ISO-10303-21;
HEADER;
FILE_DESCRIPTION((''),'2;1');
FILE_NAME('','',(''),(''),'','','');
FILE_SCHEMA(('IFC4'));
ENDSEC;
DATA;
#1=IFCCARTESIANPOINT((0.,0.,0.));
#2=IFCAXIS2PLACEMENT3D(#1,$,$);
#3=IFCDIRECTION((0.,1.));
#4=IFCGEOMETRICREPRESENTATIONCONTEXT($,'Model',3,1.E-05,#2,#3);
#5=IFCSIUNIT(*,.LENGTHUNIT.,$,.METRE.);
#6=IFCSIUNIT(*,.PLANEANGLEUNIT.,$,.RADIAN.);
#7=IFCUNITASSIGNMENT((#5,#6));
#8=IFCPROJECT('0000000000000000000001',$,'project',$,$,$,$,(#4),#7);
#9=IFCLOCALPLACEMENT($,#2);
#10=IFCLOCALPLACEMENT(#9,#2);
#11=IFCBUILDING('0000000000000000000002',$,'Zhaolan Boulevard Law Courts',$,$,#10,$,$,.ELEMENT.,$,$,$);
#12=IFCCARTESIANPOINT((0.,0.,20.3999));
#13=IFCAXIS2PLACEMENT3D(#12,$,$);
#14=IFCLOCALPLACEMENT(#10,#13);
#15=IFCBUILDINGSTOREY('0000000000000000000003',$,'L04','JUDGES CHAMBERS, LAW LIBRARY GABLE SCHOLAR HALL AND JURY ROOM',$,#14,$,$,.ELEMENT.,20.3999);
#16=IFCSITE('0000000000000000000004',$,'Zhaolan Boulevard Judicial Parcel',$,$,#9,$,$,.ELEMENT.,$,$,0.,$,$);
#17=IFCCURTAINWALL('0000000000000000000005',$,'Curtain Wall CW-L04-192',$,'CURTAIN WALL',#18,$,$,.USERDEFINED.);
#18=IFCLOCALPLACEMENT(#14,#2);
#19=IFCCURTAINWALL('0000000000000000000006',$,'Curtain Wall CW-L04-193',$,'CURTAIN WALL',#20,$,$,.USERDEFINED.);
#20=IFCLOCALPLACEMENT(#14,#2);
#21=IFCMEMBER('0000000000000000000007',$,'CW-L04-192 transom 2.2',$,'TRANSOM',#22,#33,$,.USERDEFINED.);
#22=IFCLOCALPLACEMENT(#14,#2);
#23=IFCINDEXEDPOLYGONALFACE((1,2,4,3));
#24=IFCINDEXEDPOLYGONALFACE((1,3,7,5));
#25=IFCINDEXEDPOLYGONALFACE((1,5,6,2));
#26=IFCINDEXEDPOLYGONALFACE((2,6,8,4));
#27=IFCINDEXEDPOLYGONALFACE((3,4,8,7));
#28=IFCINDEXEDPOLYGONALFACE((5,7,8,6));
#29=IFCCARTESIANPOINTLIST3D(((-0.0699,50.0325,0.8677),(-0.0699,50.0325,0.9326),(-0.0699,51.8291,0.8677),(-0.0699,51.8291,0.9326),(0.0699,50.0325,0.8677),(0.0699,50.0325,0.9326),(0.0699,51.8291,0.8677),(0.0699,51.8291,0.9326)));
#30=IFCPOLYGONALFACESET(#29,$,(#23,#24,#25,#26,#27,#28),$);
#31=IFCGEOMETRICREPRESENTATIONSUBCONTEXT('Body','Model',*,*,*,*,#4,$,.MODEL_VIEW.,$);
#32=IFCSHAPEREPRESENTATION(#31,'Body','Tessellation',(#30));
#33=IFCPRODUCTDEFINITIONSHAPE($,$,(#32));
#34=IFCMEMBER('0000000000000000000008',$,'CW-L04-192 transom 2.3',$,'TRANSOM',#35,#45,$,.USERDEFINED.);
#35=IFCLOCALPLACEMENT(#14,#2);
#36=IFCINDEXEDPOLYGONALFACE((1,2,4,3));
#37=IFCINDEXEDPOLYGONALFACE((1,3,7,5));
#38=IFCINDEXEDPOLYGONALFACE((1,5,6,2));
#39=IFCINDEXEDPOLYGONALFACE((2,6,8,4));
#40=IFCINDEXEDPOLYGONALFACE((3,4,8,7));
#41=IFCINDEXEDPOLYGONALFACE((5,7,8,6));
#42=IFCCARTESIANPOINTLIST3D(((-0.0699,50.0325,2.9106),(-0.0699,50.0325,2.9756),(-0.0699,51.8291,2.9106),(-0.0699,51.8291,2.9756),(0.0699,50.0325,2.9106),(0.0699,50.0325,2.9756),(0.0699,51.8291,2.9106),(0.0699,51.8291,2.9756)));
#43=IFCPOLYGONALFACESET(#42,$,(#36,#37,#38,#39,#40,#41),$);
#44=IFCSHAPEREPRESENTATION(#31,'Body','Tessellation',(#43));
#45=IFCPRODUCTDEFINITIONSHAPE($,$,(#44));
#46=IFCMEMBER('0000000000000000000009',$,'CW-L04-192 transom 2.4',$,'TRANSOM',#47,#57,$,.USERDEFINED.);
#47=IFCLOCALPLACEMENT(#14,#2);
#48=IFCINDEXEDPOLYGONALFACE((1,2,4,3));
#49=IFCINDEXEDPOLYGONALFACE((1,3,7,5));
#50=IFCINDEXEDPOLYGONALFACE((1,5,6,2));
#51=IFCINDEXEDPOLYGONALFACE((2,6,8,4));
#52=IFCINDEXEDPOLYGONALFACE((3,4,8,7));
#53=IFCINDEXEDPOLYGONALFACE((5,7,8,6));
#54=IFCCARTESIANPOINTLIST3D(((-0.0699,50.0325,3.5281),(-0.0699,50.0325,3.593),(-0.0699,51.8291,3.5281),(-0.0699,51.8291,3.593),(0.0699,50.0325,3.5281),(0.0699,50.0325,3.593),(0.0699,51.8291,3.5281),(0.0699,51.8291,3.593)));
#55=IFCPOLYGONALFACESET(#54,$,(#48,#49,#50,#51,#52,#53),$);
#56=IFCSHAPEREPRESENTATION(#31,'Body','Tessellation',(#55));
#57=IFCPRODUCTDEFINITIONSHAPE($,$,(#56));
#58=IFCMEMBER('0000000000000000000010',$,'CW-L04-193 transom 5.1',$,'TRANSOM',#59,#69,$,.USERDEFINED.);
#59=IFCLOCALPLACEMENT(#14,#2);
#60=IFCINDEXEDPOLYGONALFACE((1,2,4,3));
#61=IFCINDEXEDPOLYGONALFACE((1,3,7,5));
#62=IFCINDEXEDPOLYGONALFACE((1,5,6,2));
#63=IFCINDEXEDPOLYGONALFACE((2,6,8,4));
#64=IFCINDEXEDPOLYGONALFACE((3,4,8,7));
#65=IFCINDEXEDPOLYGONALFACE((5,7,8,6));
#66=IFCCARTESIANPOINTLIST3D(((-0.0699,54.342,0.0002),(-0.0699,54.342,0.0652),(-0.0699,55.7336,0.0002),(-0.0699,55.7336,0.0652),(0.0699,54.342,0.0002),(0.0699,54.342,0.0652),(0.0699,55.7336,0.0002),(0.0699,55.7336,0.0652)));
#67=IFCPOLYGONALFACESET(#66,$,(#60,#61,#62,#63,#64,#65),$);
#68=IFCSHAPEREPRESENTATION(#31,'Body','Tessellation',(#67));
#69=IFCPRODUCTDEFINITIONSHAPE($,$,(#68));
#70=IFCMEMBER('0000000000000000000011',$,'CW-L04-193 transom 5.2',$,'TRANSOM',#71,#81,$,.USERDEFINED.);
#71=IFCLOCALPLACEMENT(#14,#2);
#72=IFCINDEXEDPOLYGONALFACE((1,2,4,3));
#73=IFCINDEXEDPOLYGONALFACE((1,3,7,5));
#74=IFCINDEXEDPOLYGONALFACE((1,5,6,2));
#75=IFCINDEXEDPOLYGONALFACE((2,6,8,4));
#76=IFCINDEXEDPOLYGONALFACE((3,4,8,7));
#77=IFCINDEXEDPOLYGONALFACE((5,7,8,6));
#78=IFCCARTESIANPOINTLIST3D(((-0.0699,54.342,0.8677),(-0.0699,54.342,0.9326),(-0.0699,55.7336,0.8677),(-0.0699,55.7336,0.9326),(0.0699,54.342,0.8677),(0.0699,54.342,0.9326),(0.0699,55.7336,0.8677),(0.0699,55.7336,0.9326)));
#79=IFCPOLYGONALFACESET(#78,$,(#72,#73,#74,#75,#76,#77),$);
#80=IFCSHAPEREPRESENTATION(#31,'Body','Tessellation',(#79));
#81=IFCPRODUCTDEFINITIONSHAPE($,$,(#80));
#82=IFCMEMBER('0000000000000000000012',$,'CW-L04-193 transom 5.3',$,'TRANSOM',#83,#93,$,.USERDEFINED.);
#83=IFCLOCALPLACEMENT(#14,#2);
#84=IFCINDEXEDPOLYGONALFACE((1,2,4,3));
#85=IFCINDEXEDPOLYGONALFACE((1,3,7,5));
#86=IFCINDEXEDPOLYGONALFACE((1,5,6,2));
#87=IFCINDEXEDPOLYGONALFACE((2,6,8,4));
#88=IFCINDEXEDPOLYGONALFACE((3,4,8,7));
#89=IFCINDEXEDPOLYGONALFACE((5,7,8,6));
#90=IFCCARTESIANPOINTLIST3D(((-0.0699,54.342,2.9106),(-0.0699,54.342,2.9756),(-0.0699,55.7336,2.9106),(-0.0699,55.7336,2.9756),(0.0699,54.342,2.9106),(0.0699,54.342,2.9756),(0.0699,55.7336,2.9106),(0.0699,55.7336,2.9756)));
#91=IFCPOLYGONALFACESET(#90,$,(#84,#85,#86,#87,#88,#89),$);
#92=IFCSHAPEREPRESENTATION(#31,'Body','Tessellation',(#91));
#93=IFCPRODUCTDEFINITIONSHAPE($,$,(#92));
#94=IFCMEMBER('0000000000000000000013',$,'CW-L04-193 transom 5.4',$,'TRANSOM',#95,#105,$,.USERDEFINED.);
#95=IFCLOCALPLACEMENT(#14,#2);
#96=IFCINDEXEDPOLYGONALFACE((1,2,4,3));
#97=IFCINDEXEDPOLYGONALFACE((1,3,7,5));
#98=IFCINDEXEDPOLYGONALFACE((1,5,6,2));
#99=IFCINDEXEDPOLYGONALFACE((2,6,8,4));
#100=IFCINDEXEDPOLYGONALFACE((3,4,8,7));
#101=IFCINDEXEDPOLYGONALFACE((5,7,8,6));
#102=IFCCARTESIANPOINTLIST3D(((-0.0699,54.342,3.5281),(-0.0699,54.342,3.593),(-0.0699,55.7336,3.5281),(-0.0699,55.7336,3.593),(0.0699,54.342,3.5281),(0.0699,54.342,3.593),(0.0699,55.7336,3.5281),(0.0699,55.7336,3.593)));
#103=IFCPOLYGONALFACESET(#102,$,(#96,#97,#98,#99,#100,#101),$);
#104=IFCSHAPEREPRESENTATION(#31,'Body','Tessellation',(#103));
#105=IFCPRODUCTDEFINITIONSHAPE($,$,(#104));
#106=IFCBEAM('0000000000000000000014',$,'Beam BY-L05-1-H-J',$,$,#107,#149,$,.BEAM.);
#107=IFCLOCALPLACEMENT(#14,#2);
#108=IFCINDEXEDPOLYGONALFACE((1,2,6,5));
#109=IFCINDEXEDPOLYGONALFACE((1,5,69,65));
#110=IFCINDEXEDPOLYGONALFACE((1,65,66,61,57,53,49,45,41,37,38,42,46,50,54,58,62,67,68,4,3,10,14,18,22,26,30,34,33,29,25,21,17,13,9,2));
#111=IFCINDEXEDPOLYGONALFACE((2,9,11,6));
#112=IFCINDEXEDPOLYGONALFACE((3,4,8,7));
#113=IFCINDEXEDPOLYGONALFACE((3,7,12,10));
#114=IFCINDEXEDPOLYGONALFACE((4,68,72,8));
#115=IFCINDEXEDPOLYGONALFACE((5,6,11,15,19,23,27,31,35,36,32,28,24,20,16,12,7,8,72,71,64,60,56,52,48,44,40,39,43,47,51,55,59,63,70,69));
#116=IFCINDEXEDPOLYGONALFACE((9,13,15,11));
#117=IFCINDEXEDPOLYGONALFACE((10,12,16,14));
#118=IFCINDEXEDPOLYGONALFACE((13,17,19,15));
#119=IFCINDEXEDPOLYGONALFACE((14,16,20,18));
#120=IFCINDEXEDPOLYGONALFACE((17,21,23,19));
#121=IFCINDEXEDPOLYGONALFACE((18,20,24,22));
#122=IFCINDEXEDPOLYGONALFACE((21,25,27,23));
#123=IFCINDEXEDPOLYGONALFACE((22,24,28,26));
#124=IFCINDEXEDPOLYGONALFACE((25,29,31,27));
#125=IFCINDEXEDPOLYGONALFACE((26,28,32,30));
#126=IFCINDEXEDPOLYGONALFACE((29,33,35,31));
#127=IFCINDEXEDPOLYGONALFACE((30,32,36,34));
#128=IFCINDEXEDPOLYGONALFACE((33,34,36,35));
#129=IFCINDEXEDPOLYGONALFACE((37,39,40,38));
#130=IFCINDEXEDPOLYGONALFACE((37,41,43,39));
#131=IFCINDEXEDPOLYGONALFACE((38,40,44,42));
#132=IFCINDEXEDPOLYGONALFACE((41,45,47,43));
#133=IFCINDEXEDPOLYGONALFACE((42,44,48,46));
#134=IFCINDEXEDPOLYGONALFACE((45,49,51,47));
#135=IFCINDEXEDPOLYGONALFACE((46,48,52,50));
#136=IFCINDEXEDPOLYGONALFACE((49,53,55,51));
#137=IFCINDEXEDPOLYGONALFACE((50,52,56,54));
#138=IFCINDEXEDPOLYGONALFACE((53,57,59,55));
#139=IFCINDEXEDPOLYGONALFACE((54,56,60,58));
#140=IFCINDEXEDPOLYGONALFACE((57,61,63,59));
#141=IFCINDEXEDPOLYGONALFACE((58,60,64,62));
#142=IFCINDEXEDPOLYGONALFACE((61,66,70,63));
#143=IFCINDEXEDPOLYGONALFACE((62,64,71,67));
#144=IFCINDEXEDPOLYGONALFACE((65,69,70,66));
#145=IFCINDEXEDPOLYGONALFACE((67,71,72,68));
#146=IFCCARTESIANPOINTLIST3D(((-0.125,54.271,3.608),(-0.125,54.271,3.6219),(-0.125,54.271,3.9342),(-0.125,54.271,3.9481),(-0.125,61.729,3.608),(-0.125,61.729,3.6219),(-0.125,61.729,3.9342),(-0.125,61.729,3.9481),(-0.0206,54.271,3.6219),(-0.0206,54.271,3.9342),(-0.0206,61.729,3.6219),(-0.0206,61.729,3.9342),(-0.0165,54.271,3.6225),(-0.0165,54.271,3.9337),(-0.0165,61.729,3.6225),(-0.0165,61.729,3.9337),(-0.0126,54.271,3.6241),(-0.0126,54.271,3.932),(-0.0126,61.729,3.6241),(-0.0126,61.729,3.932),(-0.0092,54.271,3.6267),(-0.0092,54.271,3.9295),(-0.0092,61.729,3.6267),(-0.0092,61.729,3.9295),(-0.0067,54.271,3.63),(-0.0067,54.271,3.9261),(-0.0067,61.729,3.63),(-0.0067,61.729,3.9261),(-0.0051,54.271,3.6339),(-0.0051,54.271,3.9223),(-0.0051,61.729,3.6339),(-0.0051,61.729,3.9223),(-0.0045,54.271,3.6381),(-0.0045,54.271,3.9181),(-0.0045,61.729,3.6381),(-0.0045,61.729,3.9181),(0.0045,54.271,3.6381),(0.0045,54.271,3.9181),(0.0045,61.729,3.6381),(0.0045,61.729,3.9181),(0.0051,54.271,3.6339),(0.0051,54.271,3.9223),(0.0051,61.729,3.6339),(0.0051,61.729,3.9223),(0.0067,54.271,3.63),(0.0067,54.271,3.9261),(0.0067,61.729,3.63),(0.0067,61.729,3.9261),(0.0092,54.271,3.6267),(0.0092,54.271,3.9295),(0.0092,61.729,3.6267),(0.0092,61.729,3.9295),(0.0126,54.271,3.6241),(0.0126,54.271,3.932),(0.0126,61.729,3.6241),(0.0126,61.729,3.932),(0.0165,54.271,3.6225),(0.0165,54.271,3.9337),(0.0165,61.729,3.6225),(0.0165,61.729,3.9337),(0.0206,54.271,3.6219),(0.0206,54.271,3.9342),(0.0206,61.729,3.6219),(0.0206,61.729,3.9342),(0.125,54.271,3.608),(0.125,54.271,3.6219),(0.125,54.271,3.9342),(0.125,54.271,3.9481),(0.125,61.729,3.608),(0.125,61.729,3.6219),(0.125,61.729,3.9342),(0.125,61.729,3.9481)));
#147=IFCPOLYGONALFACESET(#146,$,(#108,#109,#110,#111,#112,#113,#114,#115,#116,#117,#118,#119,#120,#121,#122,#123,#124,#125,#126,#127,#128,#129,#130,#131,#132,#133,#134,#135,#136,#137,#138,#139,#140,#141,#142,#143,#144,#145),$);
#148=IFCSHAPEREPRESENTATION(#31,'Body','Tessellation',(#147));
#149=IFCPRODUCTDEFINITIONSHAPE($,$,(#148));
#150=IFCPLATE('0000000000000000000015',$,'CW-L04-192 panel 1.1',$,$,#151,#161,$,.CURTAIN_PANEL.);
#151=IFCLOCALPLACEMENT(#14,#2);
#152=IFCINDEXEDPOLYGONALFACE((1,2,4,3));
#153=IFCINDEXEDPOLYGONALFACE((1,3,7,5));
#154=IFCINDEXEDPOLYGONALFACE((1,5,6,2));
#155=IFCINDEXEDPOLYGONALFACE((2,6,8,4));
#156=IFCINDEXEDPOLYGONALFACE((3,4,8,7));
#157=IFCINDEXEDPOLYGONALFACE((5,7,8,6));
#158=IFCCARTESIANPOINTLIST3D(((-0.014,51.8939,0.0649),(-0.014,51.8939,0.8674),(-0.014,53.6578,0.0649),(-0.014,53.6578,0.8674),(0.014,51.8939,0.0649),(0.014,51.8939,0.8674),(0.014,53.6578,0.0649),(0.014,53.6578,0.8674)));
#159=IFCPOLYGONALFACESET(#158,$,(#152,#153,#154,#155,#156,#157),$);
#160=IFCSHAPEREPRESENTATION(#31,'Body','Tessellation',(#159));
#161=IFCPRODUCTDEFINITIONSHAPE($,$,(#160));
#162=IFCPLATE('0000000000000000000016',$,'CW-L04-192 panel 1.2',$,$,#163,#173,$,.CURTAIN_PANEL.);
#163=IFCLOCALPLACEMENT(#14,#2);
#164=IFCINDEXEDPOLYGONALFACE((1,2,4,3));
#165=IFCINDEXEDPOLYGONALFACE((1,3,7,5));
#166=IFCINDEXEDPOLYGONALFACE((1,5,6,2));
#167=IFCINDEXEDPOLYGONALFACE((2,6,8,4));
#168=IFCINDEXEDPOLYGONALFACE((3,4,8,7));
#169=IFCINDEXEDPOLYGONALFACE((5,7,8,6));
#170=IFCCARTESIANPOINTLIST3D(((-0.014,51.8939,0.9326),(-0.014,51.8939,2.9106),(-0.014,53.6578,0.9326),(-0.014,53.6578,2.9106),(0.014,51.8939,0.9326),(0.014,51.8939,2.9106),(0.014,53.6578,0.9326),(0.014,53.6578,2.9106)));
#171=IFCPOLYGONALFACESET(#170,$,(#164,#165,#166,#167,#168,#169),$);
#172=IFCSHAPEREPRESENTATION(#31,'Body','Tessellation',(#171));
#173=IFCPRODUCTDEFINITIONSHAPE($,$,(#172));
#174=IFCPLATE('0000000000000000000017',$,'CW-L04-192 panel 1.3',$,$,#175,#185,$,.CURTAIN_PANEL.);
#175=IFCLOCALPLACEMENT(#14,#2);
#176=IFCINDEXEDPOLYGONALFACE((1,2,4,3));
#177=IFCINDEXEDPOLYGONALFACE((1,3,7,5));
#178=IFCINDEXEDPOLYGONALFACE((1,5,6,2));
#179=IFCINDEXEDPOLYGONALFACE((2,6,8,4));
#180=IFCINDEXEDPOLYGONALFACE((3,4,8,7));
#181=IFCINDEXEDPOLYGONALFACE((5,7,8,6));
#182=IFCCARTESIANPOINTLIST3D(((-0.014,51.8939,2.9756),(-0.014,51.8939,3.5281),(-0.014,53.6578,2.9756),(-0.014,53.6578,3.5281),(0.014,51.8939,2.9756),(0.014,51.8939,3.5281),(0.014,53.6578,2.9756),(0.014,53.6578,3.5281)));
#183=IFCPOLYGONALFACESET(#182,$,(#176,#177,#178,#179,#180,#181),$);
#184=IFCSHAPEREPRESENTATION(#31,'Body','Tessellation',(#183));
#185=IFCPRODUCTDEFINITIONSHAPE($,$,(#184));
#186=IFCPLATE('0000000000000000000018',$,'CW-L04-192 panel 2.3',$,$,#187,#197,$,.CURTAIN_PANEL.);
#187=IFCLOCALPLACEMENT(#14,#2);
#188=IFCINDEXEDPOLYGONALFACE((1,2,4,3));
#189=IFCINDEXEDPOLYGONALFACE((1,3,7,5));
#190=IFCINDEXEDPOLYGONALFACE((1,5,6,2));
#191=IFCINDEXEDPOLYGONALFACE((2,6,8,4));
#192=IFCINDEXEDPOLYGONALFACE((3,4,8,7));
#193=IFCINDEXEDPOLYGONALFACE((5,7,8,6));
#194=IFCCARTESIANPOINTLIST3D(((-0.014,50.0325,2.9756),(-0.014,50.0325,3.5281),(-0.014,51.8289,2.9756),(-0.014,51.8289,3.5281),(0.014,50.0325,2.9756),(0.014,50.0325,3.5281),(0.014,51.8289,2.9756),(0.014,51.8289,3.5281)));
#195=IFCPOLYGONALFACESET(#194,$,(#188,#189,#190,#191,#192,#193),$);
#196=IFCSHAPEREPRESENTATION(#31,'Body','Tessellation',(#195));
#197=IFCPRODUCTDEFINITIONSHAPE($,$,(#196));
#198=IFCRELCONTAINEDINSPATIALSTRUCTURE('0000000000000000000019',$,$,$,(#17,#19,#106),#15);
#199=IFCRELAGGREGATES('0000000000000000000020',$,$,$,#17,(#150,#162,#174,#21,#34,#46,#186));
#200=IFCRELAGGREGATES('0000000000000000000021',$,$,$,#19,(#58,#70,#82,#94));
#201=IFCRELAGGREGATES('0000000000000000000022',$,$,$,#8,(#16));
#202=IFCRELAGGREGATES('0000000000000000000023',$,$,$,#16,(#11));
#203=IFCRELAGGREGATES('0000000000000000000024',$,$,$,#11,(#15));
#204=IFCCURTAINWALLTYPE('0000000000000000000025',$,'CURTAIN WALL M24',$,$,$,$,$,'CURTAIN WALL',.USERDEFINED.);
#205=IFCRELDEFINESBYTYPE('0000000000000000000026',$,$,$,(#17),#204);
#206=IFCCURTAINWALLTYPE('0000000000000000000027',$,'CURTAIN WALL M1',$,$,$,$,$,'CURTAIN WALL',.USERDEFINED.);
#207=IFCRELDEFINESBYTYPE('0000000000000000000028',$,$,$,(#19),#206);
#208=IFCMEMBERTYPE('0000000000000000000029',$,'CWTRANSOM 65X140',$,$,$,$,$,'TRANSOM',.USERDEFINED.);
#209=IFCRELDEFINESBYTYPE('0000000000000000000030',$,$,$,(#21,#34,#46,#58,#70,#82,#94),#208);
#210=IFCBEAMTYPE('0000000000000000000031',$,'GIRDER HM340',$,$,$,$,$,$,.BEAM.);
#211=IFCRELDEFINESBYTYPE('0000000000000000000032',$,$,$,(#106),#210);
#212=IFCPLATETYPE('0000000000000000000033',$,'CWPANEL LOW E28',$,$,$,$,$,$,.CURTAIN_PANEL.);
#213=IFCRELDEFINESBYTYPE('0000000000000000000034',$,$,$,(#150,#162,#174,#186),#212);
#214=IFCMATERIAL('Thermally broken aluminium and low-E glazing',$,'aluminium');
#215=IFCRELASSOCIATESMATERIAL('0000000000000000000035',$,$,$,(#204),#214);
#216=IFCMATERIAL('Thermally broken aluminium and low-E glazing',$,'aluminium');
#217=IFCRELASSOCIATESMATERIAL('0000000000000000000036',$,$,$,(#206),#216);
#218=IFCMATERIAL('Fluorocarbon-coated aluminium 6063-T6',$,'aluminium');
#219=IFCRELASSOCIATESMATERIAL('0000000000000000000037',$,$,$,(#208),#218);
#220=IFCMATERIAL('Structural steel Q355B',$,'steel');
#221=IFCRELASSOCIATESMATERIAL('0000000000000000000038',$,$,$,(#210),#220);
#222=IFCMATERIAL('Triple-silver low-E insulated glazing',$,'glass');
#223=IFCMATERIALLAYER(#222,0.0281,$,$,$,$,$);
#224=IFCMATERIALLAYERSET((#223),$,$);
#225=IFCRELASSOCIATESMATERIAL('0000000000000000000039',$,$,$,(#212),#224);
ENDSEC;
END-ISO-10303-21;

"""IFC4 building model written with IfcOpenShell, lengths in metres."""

from ifc_helpers import new_model, si_unit, direction, frame, origin, origin_2d, place, context, subcontext, project, spatial, rectangle, i_section, extrude, material, layer, layer_set, material_profile, profile_set, type_object, element, aggregate, save


model = new_model("IFC4")

# Units and contexts
model_context = context("Model", 3, precision=1e-05, world=origin(), true_north=direction((0.0, 1.0)))
body_context = subcontext(model_context, "Body", "Model", "MODEL_VIEW")
ifc_project = project(units=[si_unit("LENGTHUNIT", "METRE"), si_unit("PLANEANGLEUNIT", "RADIAN")], contexts=[model_context])

# Site, building, storey
site_placement = place(None, origin())
site = spatial("IfcSite", under=ifc_project, at=site_placement, Name="Zhaolan Boulevard Judicial Parcel", CompositionType="ELEMENT", RefElevation=0.0)
building_placement = place(site_placement, origin())
building = spatial("IfcBuilding", under=site, at=building_placement, Name="Zhaolan Boulevard Law Courts", CompositionType="ELEMENT")
storey_placement = place(building_placement, frame((0.0, 0.0, 20.3999)))
storey = spatial("IfcBuildingStorey", under=building, at=storey_placement, Name="L04", Description="JUDGES CHAMBERS, LAW LIBRARY GABLE SCHOLAR HALL AND JURY ROOM", CompositionType="ELEMENT", Elevation=20.3999)

# Curtain walls
ifc_material_1 = material(Name="Thermally broken aluminium and low-E glazing", Category="aluminium")
curtain_wall_type_1 = type_object("IfcCurtainWallType", Name="CURTAIN WALL M24", ElementType="CURTAIN WALL", PredefinedType="USERDEFINED", material=ifc_material_1)
curtain_wall_1_placement = place(storey_placement, origin())
curtain_wall_1 = element("IfcCurtainWall", 1, at=curtain_wall_1_placement, inside=storey, type_object=curtain_wall_type_1, Name="Curtain Wall CW-L04-192", ObjectType="CURTAIN WALL", PredefinedType="USERDEFINED")
ifc_material_2 = material(Name="Thermally broken aluminium and low-E glazing", Category="aluminium")
curtain_wall_type_2 = type_object("IfcCurtainWallType", Name="CURTAIN WALL M1", ElementType="CURTAIN WALL", PredefinedType="USERDEFINED", material=ifc_material_2)
curtain_wall_2_placement = place(storey_placement, origin())
curtain_wall_2 = element("IfcCurtainWall", 2, at=curtain_wall_2_placement, inside=storey, type_object=curtain_wall_type_2, Name="Curtain Wall CW-L04-193", ObjectType="CURTAIN WALL", PredefinedType="USERDEFINED")

# Members
ifc_material_3 = material(Name="Fluorocarbon-coated aluminium 6063-T6", Category="aluminium")
ifc_material_profile_1 = material_profile(ifc_material_3, rectangle(XDim=0.1399, YDim=0.0649, at=origin_2d()), Name="AL65x140")
ifc_profile_set_1 = profile_set([ifc_material_profile_1], Name="Fluorocarbon-coated aluminium 6063-T6")
member_type_1 = type_object("IfcMemberType", Name="CWTRANSOM 65X140", ElementType="TRANSOM", PredefinedType="USERDEFINED", material=ifc_profile_set_1)
member_1_placement = place(storey_placement, frame((0.0, 51.8291, 0.9001), z_axis=(0.0, -1.0, 0.0), x_axis=(1.0, 0.0, 0.0)))
member_1 = element("IfcMember", 3, at=member_1_placement, type_object=member_type_1, Name="CW-L04-192 transom 2.2", ObjectType="TRANSOM", PredefinedType="USERDEFINED", context=body_context, shape_type="SweptSolid", body=[
    extrude(rectangle(XDim=0.1399, YDim=0.0649, at=origin_2d()), origin(), (0.0, 0.0, 1.0), 1.7966),
])
member_2_placement = place(storey_placement, frame((0.0, 51.8291, 2.9431), z_axis=(0.0, -1.0, 0.0), x_axis=(1.0, 0.0, 0.0)))
member_2 = element("IfcMember", 4, at=member_2_placement, type_object=member_type_1, Name="CW-L04-192 transom 2.3", ObjectType="TRANSOM", PredefinedType="USERDEFINED", context=body_context, shape_type="SweptSolid", body=[
    extrude(rectangle(XDim=0.1399, YDim=0.0649, at=origin_2d()), origin(), (0.0, 0.0, 1.0), 1.7966),
])
member_3_placement = place(storey_placement, frame((0.0, 51.8291, 3.5605), z_axis=(0.0, -1.0, 0.0), x_axis=(1.0, 0.0, 0.0)))
member_3 = element("IfcMember", 5, at=member_3_placement, type_object=member_type_1, Name="CW-L04-192 transom 2.4", ObjectType="TRANSOM", PredefinedType="USERDEFINED", context=body_context, shape_type="SweptSolid", body=[
    extrude(rectangle(XDim=0.1399, YDim=0.0649, at=origin_2d()), origin(), (0.0, 0.0, 1.0), 1.7966),
])
member_4_placement = place(storey_placement, frame((0.0, 55.7336, 0.0327), z_axis=(0.0, -1.0, 0.0), x_axis=(1.0, 0.0, 0.0)))
member_4 = element("IfcMember", 6, at=member_4_placement, type_object=member_type_1, Name="CW-L04-193 transom 5.1", ObjectType="TRANSOM", PredefinedType="USERDEFINED", context=body_context, shape_type="SweptSolid", body=[
    extrude(rectangle(XDim=0.1399, YDim=0.0649, at=origin_2d()), origin(), (0.0, 0.0, 1.0), 1.3916),
])
member_5_placement = place(storey_placement, frame((0.0, 55.7336, 0.9001), z_axis=(0.0, -1.0, 0.0), x_axis=(1.0, 0.0, 0.0)))
member_5 = element("IfcMember", 7, at=member_5_placement, type_object=member_type_1, Name="CW-L04-193 transom 5.2", ObjectType="TRANSOM", PredefinedType="USERDEFINED", context=body_context, shape_type="SweptSolid", body=[
    extrude(rectangle(XDim=0.1399, YDim=0.0649, at=origin_2d()), origin(), (0.0, 0.0, 1.0), 1.3916),
])
member_6_placement = place(storey_placement, frame((0.0, 55.7336, 2.9431), z_axis=(0.0, -1.0, 0.0), x_axis=(1.0, 0.0, 0.0)))
member_6 = element("IfcMember", 8, at=member_6_placement, type_object=member_type_1, Name="CW-L04-193 transom 5.3", ObjectType="TRANSOM", PredefinedType="USERDEFINED", context=body_context, shape_type="SweptSolid", body=[
    extrude(rectangle(XDim=0.1399, YDim=0.0649, at=origin_2d()), origin(), (0.0, 0.0, 1.0), 1.3916),
])
member_7_placement = place(storey_placement, frame((0.0, 55.7336, 3.5605), z_axis=(0.0, -1.0, 0.0), x_axis=(1.0, 0.0, 0.0)))
member_7 = element("IfcMember", 9, at=member_7_placement, type_object=member_type_1, Name="CW-L04-193 transom 5.4", ObjectType="TRANSOM", PredefinedType="USERDEFINED", context=body_context, shape_type="SweptSolid", body=[
    extrude(rectangle(XDim=0.1399, YDim=0.0649, at=origin_2d()), origin(), (0.0, 0.0, 1.0), 1.3916),
])

# Beam
ifc_material_4 = material(Name="Structural steel Q355B", Category="steel")
ifc_material_profile_2 = material_profile(ifc_material_4, i_section(OverallWidth=0.25, OverallDepth=0.3401, WebThickness=0.009, FlangeThickness=0.0139, FilletRadius=0.0161, at=origin_2d()), Name="HM340x250")
ifc_profile_set_2 = profile_set([ifc_material_profile_2], Name="Structural steel Q355B")
beam_type = type_object("IfcBeamType", Name="GIRDER HM340", PredefinedType="BEAM", material=ifc_profile_set_2)
beam_placement = place(storey_placement, frame((0.0, 54.271, 3.7781), z_axis=(0.0, 1.0, 0.0), x_axis=(-1.0, 0.0, 0.0)))
element("IfcBeam", 10, at=beam_placement, inside=storey, type_object=beam_type, Name="Beam BY-L05-1-H-J", PredefinedType="BEAM", context=body_context, shape_type="SweptSolid", body=[
    extrude(i_section(OverallWidth=0.25, OverallDepth=0.3401, WebThickness=0.009, FlangeThickness=0.0139, FilletRadius=0.0161, at=origin_2d()), origin(), (0.0, 0.0, 1.0), 7.458),
])

# Plates
ifc_material_5 = material(Name="Triple-silver low-E insulated glazing", Category="glass")
ifc_layer_1 = layer(ifc_material_5, 0.0281)
ifc_layer_set_1 = layer_set([ifc_layer_1])
plate_type_1 = type_object("IfcPlateType", Name="CWPANEL LOW E28", PredefinedType="CURTAIN_PANEL", material=ifc_layer_set_1)
plate_1_placement = place(storey_placement, frame((0.0, 52.7759, 0.0649), z_axis=(0.0, 0.0, 1.0), x_axis=(0.0, -1.0, 0.0)))
plate_1 = element("IfcPlate", 11, at=plate_1_placement, type_object=plate_type_1, Name="CW-L04-192 panel 1.1", PredefinedType="CURTAIN_PANEL", context=body_context, shape_type="SweptSolid", body=[
    extrude(rectangle(XDim=1.7639, YDim=0.0281, at=origin_2d()), origin(), (0.0, 0.0, 1.0), 0.8025),
])
plate_2_placement = place(storey_placement, frame((0.0, 52.7759, 0.9326), z_axis=(0.0, 0.0, 1.0), x_axis=(0.0, -1.0, 0.0)))
plate_2 = element("IfcPlate", 12, at=plate_2_placement, type_object=plate_type_1, Name="CW-L04-192 panel 1.2", PredefinedType="CURTAIN_PANEL", context=body_context, shape_type="SweptSolid", body=[
    extrude(rectangle(XDim=1.7639, YDim=0.0281, at=origin_2d()), origin(), (0.0, 0.0, 1.0), 1.978),
])
plate_3_placement = place(storey_placement, frame((0.0, 52.7759, 2.9756), z_axis=(0.0, 0.0, 1.0), x_axis=(0.0, -1.0, 0.0)))
plate_3 = element("IfcPlate", 13, at=plate_3_placement, type_object=plate_type_1, Name="CW-L04-192 panel 1.3", PredefinedType="CURTAIN_PANEL", context=body_context, shape_type="SweptSolid", body=[
    extrude(rectangle(XDim=1.7639, YDim=0.0281, at=origin_2d()), origin(), (0.0, 0.0, 1.0), 0.5525),
])
plate_4_placement = place(storey_placement, frame((0.0, 50.9307, 2.9756), z_axis=(0.0, 0.0, 1.0), x_axis=(0.0, -1.0, 0.0)))
plate_4 = element("IfcPlate", 14, at=plate_4_placement, type_object=plate_type_1, Name="CW-L04-192 panel 2.3", PredefinedType="CURTAIN_PANEL", context=body_context, shape_type="SweptSolid", body=[
    extrude(rectangle(XDim=1.7964, YDim=0.0281, at=origin_2d()), origin(), (0.0, 0.0, 1.0), 0.5525),
])
aggregate(curtain_wall_1, [plate_1, plate_2, plate_3, member_1, member_2, member_3, plate_4])
aggregate(curtain_wall_2, [member_4, member_5, member_6, member_7])

save(model, "model.ifc")
